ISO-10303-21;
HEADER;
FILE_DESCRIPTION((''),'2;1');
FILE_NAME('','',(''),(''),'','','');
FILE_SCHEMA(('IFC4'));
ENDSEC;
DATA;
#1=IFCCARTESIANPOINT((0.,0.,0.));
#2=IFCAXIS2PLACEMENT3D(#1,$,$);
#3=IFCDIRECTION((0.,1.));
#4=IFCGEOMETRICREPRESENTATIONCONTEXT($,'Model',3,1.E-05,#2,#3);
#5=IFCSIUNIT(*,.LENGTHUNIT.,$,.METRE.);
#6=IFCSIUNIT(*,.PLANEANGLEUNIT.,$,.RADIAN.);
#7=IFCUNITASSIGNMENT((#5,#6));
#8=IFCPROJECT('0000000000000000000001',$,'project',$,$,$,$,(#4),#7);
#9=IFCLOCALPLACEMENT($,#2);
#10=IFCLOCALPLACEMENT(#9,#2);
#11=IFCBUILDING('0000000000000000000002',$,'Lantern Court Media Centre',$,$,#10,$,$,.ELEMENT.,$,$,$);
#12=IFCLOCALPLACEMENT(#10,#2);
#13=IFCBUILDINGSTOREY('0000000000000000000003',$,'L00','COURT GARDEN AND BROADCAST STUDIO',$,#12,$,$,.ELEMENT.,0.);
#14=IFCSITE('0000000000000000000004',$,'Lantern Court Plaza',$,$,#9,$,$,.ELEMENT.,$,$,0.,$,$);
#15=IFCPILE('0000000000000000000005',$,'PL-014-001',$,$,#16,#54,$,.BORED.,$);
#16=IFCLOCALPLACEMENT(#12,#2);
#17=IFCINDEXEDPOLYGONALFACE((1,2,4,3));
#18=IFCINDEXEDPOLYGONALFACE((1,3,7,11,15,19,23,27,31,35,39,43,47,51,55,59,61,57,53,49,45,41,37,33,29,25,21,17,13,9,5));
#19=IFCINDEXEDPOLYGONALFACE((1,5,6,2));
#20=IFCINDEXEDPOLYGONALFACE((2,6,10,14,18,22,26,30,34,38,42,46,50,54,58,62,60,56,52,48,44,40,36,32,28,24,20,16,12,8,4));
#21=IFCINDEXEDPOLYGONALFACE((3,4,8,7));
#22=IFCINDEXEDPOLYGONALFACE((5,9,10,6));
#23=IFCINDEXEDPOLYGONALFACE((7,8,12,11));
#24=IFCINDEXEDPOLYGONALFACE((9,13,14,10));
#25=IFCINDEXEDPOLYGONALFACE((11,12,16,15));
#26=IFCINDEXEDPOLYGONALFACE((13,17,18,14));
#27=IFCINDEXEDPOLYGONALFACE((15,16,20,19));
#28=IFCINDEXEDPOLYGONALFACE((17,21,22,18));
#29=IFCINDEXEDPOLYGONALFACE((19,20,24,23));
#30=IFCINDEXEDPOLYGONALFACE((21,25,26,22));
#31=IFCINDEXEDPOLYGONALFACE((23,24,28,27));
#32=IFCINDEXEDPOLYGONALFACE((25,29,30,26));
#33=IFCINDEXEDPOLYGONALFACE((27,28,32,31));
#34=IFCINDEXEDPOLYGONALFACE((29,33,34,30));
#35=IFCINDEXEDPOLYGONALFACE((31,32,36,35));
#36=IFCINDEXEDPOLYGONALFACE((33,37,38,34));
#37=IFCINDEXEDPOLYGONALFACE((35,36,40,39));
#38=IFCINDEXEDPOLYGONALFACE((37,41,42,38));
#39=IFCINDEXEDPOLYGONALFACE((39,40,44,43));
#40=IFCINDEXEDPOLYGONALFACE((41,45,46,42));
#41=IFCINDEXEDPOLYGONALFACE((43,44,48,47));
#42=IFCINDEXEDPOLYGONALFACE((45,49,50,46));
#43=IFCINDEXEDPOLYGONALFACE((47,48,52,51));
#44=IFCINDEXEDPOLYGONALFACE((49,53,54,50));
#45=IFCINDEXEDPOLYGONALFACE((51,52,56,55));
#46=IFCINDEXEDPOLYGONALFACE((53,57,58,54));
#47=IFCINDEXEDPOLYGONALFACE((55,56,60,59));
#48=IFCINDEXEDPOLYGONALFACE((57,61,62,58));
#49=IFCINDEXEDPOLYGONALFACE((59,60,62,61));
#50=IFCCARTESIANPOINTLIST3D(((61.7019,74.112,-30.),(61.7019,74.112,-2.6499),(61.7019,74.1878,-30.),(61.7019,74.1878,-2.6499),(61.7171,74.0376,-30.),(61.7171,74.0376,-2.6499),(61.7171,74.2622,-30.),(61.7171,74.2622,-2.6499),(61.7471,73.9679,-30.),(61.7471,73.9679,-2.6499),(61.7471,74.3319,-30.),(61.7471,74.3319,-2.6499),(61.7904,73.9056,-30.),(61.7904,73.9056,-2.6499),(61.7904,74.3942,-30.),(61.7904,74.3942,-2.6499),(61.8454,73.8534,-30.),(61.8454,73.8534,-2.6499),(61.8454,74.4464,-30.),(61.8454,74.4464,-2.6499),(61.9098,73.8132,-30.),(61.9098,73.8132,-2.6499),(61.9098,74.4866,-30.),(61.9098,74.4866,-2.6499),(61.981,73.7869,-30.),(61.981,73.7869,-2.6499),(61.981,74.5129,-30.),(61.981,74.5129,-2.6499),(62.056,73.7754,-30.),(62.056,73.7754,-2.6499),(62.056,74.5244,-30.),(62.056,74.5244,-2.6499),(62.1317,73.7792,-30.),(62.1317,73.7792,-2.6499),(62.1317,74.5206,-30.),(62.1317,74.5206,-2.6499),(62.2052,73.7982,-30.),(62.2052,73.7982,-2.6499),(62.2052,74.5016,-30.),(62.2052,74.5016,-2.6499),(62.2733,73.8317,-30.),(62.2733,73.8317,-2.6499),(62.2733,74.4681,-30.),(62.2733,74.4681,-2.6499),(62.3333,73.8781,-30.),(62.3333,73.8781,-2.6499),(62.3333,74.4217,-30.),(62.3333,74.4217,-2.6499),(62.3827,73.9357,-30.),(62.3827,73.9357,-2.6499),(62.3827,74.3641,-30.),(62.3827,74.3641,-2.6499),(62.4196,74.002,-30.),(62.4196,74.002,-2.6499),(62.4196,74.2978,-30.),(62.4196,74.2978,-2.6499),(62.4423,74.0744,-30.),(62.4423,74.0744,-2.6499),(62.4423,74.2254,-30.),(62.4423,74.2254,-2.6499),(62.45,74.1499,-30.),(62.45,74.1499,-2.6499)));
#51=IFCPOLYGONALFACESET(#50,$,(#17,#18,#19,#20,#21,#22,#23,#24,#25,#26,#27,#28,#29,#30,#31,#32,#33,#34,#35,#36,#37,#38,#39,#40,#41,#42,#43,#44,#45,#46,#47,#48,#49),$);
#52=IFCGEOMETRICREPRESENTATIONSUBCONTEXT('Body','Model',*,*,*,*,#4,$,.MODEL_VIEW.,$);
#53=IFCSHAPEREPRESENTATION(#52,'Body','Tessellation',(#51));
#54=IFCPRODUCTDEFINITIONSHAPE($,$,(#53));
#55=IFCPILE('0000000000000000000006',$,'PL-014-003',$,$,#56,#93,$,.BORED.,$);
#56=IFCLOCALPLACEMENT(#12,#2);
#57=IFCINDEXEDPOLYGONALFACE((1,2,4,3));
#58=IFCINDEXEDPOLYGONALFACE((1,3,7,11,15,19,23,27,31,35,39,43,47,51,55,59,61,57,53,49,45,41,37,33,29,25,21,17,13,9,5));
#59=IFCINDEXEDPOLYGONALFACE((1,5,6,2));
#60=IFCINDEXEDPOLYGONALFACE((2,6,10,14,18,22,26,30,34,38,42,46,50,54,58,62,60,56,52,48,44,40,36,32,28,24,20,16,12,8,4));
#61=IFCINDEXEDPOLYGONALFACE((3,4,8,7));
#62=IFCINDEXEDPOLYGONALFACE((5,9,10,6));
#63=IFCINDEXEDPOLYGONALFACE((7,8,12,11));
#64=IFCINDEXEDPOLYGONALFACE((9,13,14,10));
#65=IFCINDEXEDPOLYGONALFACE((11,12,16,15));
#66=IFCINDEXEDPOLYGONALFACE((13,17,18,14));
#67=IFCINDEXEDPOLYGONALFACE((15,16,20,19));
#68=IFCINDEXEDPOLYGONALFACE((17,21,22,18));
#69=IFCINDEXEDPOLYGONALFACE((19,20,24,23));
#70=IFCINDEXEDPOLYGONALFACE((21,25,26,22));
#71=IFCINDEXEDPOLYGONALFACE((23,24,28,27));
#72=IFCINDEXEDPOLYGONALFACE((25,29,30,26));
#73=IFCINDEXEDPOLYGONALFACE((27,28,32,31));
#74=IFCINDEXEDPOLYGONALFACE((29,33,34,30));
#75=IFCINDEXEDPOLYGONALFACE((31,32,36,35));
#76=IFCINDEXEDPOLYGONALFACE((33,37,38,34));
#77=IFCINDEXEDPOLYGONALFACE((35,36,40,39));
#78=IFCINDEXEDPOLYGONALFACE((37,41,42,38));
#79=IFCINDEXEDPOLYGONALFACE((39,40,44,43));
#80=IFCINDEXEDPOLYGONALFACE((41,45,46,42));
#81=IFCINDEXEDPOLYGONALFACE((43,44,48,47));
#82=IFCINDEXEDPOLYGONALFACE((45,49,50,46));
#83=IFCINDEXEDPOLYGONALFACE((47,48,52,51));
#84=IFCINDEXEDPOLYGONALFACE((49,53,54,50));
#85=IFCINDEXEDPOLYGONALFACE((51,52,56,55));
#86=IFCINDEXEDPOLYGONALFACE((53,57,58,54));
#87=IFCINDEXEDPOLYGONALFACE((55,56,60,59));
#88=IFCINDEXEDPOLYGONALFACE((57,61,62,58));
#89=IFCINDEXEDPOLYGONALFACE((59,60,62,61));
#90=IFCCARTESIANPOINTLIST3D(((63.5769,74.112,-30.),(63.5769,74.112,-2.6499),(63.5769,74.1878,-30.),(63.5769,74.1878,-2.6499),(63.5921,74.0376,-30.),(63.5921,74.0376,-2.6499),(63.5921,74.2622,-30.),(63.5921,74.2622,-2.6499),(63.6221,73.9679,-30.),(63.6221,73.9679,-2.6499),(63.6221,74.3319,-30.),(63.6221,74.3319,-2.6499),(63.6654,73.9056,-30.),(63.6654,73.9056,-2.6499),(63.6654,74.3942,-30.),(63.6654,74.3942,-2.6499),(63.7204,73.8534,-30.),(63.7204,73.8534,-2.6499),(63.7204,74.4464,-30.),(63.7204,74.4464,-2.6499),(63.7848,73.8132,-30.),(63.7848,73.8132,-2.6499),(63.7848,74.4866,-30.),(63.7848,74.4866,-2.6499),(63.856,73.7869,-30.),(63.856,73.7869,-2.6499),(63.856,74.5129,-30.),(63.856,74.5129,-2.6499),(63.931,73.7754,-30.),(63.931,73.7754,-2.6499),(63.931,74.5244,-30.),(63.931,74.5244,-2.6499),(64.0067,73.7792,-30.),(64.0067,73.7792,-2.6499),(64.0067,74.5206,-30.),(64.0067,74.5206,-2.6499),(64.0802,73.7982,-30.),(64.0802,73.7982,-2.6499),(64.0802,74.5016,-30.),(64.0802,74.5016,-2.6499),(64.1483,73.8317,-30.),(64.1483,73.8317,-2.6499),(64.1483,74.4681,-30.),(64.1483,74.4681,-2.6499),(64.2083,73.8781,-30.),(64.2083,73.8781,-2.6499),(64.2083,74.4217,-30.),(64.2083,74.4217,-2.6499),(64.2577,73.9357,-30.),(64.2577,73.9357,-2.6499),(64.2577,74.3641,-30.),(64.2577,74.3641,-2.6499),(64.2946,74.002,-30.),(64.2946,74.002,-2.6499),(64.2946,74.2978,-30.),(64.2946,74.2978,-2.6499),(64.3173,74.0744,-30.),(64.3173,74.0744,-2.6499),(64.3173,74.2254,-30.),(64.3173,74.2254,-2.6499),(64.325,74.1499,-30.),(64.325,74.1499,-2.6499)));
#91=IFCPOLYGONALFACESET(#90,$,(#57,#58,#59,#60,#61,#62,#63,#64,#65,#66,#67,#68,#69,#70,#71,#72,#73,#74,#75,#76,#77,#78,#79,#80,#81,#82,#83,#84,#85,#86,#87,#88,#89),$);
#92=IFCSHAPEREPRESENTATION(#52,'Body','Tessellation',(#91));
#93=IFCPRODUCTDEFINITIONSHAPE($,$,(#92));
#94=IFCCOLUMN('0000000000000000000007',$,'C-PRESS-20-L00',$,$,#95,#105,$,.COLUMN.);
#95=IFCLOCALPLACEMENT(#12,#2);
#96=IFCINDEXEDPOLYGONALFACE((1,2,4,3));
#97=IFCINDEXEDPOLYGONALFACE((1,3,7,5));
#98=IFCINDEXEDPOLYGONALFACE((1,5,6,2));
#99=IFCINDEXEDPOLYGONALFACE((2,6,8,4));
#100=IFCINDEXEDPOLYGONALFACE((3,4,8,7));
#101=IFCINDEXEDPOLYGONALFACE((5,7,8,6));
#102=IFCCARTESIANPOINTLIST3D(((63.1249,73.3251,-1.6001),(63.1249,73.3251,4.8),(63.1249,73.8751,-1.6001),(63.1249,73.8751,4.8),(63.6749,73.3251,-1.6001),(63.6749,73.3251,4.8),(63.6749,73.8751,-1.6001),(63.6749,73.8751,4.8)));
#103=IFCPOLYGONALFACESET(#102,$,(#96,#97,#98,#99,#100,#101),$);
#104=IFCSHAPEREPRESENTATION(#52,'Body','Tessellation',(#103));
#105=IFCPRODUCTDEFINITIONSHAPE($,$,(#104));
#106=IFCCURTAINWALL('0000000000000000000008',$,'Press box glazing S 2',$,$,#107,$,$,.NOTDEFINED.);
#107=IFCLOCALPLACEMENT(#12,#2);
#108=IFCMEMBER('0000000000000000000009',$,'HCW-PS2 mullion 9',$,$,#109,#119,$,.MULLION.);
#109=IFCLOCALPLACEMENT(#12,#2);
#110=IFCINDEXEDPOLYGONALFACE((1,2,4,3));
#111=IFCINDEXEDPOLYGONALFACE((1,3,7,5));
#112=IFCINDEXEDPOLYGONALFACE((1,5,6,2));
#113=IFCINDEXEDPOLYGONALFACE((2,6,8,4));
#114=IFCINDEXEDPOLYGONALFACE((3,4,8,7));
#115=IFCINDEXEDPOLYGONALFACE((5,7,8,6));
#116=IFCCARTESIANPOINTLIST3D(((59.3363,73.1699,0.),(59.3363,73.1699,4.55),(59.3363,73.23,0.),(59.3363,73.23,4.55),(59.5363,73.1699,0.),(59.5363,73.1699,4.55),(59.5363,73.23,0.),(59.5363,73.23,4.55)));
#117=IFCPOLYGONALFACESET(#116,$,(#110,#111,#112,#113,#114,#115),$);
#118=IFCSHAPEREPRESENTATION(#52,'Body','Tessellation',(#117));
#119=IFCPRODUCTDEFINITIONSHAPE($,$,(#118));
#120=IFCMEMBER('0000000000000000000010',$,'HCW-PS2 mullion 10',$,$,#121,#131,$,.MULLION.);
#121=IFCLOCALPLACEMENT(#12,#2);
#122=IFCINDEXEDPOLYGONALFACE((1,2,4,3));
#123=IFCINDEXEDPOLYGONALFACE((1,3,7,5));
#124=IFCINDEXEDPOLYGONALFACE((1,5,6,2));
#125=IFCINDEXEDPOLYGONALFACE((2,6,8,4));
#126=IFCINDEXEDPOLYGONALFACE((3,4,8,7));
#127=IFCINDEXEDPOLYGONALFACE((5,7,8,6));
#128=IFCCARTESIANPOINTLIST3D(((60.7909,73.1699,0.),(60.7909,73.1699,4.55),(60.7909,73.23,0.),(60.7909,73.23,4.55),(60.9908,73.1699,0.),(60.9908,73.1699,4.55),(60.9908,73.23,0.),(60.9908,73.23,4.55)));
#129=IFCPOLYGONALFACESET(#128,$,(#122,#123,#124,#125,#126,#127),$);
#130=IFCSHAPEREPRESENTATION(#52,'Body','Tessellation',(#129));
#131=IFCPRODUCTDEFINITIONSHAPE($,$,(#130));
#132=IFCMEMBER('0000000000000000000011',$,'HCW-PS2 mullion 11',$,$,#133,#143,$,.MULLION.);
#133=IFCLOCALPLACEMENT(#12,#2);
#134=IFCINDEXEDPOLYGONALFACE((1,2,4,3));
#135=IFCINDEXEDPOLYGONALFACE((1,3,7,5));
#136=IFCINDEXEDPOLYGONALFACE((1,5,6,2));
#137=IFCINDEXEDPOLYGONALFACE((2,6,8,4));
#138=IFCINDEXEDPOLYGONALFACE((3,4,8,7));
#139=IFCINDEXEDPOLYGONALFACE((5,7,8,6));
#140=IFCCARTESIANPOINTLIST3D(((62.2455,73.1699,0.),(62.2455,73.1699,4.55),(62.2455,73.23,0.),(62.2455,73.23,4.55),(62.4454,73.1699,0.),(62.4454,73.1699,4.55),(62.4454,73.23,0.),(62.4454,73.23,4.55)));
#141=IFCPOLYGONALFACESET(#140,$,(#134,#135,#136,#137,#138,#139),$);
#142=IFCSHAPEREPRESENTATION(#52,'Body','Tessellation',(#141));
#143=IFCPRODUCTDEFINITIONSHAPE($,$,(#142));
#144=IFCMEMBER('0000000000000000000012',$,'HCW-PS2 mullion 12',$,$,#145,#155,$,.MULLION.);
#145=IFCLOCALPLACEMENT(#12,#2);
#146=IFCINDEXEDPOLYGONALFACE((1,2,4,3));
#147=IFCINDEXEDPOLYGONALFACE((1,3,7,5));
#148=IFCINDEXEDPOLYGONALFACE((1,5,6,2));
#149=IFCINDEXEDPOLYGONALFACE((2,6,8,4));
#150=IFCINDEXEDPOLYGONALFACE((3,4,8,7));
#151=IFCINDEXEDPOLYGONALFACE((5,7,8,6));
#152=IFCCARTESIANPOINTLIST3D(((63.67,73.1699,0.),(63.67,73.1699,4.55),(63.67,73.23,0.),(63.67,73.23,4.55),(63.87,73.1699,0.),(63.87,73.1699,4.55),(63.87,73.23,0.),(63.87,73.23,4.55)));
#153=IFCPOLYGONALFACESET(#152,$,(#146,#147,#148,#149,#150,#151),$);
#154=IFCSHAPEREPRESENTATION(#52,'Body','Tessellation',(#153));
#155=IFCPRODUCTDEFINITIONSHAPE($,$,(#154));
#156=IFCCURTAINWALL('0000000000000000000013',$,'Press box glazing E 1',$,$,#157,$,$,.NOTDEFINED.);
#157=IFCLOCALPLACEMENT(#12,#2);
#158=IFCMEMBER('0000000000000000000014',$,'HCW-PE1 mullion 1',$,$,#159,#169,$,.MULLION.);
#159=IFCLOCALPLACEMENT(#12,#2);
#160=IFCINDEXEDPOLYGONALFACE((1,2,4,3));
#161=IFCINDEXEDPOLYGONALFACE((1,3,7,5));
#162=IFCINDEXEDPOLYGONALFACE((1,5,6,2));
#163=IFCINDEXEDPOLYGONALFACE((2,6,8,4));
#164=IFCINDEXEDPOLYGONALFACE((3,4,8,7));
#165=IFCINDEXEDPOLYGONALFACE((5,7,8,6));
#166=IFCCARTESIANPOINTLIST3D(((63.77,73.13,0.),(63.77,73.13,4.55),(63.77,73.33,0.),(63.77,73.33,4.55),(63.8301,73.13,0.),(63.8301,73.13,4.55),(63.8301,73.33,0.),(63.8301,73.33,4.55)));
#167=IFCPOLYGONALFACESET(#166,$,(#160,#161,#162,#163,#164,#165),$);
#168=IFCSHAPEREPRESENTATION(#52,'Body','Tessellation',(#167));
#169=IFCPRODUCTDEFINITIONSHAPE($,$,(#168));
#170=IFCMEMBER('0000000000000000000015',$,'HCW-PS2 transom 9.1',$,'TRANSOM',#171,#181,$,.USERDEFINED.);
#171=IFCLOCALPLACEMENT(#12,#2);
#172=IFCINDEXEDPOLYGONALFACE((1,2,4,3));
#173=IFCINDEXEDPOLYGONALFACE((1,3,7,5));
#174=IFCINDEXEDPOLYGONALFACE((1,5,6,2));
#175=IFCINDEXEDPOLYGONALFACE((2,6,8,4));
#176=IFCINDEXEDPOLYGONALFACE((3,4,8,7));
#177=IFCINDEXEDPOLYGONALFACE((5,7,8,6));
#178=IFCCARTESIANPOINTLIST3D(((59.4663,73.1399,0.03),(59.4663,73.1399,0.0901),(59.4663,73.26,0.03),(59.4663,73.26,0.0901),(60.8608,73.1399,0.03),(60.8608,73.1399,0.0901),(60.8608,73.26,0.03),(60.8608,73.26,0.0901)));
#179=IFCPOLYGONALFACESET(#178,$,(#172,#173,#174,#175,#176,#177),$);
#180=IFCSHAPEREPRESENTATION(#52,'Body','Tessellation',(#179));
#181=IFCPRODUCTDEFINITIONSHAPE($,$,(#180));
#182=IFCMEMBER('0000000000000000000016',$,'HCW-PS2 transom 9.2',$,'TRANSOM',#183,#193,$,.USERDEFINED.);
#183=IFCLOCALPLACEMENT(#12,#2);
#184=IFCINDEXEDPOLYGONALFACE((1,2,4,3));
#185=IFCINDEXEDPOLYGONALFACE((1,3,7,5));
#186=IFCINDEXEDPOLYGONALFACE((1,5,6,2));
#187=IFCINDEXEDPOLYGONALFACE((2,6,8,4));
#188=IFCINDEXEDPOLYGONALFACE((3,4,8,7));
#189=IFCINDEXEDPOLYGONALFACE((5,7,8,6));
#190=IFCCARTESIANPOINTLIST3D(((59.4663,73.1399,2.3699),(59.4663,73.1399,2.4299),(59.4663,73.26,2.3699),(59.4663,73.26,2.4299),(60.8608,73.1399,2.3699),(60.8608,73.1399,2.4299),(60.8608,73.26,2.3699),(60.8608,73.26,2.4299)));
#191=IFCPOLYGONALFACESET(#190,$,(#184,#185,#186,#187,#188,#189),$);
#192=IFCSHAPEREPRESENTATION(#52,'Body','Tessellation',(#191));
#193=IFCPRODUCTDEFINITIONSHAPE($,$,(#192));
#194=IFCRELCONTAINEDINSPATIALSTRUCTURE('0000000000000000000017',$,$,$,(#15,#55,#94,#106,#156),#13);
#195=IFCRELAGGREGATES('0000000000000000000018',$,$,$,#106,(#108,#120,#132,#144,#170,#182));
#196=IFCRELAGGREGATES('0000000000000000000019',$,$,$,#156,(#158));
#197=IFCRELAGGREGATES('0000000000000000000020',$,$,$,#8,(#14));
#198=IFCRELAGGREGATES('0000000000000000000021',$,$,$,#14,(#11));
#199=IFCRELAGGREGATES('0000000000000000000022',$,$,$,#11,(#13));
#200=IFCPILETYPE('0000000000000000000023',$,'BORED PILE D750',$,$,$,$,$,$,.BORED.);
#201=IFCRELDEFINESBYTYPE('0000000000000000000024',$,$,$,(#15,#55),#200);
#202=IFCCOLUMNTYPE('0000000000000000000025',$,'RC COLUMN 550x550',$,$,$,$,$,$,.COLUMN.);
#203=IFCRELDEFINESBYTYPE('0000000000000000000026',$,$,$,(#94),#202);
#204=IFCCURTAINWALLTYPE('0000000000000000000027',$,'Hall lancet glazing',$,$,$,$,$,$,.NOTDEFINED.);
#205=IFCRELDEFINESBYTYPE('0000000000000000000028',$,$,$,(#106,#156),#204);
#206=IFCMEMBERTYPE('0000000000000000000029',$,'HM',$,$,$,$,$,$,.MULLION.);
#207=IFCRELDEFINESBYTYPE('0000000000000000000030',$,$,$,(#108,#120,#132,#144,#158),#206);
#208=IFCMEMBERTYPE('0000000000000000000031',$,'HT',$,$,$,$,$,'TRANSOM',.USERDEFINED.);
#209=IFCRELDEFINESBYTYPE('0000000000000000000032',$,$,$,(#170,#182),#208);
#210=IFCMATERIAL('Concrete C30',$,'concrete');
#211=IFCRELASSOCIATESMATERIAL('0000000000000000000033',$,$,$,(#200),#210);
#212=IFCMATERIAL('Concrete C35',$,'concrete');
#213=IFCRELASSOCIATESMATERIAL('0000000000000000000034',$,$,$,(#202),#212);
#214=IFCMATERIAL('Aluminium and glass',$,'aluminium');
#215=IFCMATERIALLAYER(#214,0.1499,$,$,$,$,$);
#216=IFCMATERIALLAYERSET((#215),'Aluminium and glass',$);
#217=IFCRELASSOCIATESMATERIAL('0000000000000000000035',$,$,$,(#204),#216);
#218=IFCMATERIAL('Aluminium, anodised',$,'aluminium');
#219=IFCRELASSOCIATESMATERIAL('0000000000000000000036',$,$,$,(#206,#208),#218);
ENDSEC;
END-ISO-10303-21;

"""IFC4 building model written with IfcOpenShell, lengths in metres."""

from ifc_helpers import new_model, si_unit, direction, frame, origin, origin_2d, place, context, subcontext, project, spatial, rectangle, circle, extrude, material, layer, layer_set, material_profile, profile_set, type_object, element, aggregate, save


model = new_model("IFC4")

# Units and contexts
model_context = context("Model", 3, precision=1e-05, world=origin(), true_north=direction((0.0, 1.0)))
body_context = subcontext(model_context, "Body", "Model", "MODEL_VIEW")
ifc_project = project(units=[si_unit("LENGTHUNIT", "METRE"), si_unit("PLANEANGLEUNIT", "RADIAN")], contexts=[model_context])

# Site, building, storey
site_placement = place(None, origin())
site = spatial("IfcSite", under=ifc_project, at=site_placement, Name="Lantern Court Plaza", CompositionType="ELEMENT", RefElevation=0.0)
building_placement = place(site_placement, origin())
building = spatial("IfcBuilding", under=site, at=building_placement, Name="Lantern Court Media Centre", CompositionType="ELEMENT")
storey_placement = place(building_placement, origin())
storey = spatial("IfcBuildingStorey", under=building, at=storey_placement, Name="L00", Description="COURT GARDEN AND BROADCAST STUDIO", CompositionType="ELEMENT", Elevation=0.0)

# Piles
ifc_material_1 = material(Name="Concrete C30", Category="concrete")
ifc_material_profile_1 = material_profile(ifc_material_1, circle(Radius=0.375, at=origin_2d()), Name="D750")
ifc_profile_set_1 = profile_set([ifc_material_profile_1], Name="Concrete C30")
pile_type = type_object("IfcPileType", Name="BORED PILE D750", PredefinedType="BORED", material=ifc_profile_set_1)
for number, where, z_axis, x_axis, name in (
    (1, (62.075, 74.1499, -2.6499), (0.0, 0.0, -1.0), (1.0, 0.0, 0.0), "PL-014-001"),
    (2, (63.95, 74.1499, -2.6499), (0.0, 0.0, -1.0), (1.0, 0.0, 0.0), "PL-014-003"),
):
    element("IfcPile", number, at=place(storey_placement, frame(where, z_axis=z_axis, x_axis=x_axis)), inside=storey, type_object=pile_type, Name=name, PredefinedType="BORED", context=body_context, shape_type="SweptSolid", body=[
        extrude(circle(Radius=0.375, at=origin_2d()), origin(), (0.0, 0.0, 1.0), 27.3501),
    ])

# Column
ifc_material_2 = material(Name="Concrete C35", Category="concrete")
ifc_material_profile_2 = material_profile(ifc_material_2, rectangle(XDim=0.55, YDim=0.55, at=origin_2d()), Name="RC 550x550")
ifc_profile_set_2 = profile_set([ifc_material_profile_2], Name="Concrete C35")
column_type = type_object("IfcColumnType", Name="RC COLUMN 550x550", PredefinedType="COLUMN", material=ifc_profile_set_2)
column_placement = place(storey_placement, frame((63.3999, 73.6001, -1.6001), z_axis=(0.0, 0.0, 1.0), x_axis=(1.0, 0.0, 0.0)))
element("IfcColumn", 3, at=column_placement, inside=storey, type_object=column_type, Name="C-PRESS-20-L00", PredefinedType="COLUMN", context=body_context, shape_type="SweptSolid", body=[
    extrude(rectangle(XDim=0.55, YDim=0.55, at=origin_2d()), origin(), (0.0, 0.0, 1.0), 6.4001),
])

# Curtain wall, members
ifc_material_3 = material(Name="Aluminium and glass", Category="aluminium")
ifc_layer_1 = layer(ifc_material_3, 0.1499)
ifc_layer_set_1 = layer_set([ifc_layer_1], Name="Aluminium and glass")
curtain_wall_type = type_object("IfcCurtainWallType", Name="Hall lancet glazing", PredefinedType="NOTDEFINED", material=ifc_layer_set_1)
curtain_wall_1_placement = place(storey_placement, origin())
curtain_wall_1 = element("IfcCurtainWall", 4, at=curtain_wall_1_placement, inside=storey, type_object=curtain_wall_type, Name="Press box glazing S 2", PredefinedType="NOTDEFINED")
ifc_material_4 = material(Name="Aluminium, anodised", Category="aluminium")
ifc_material_profile_3 = material_profile(ifc_material_4, rectangle(XDim=0.0601, YDim=0.2, at=origin_2d()), Name="HM")
ifc_profile_set_3 = profile_set([ifc_material_profile_3], Name="Aluminium, anodised")
member_type_1 = type_object("IfcMemberType", Name="HM", PredefinedType="MULLION", material=ifc_profile_set_3)
member_1_placement = place(storey_placement, frame((59.4363, 73.2, 0.0), z_axis=(0.0, 0.0, 1.0), x_axis=(0.0, 1.0, 0.0)))
member_1 = element("IfcMember", 5, at=member_1_placement, type_object=member_type_1, Name="HCW-PS2 mullion 9", PredefinedType="MULLION", context=body_context, shape_type="SweptSolid", body=[
    extrude(rectangle(XDim=0.0601, YDim=0.2, at=origin_2d()), origin(), (0.0, 0.0, 1.0), 4.55),
])
member_2_placement = place(storey_placement, frame((60.8909, 73.2, 0.0), z_axis=(0.0, 0.0, 1.0), x_axis=(0.0, 1.0, 0.0)))
member_2 = element("IfcMember", 6, at=member_2_placement, type_object=member_type_1, Name="HCW-PS2 mullion 10", PredefinedType="MULLION", context=body_context, shape_type="SweptSolid", body=[
    extrude(rectangle(XDim=0.0601, YDim=0.2, at=origin_2d()), origin(), (0.0, 0.0, 1.0), 4.55),
])
member_3_placement = place(storey_placement, frame((62.3455, 73.2, 0.0), z_axis=(0.0, 0.0, 1.0), x_axis=(0.0, 1.0, 0.0)))
member_3 = element("IfcMember", 7, at=member_3_placement, type_object=member_type_1, Name="HCW-PS2 mullion 11", PredefinedType="MULLION", context=body_context, shape_type="SweptSolid", body=[
    extrude(rectangle(XDim=0.0601, YDim=0.2, at=origin_2d()), origin(), (0.0, 0.0, 1.0), 4.55),
])
member_4_placement = place(storey_placement, frame((63.77, 73.2, 0.0), z_axis=(0.0, 0.0, 1.0), x_axis=(0.0, 1.0, 0.0)))
member_4 = element("IfcMember", 8, at=member_4_placement, type_object=member_type_1, Name="HCW-PS2 mullion 12", PredefinedType="MULLION", context=body_context, shape_type="SweptSolid", body=[
    extrude(rectangle(XDim=0.0601, YDim=0.2, at=origin_2d()), origin(), (0.0, 0.0, 1.0), 4.55),
])

# Curtain wall, member
curtain_wall_2_placement = place(storey_placement, origin())
curtain_wall_2 = element("IfcCurtainWall", 9, at=curtain_wall_2_placement, inside=storey, type_object=curtain_wall_type, Name="Press box glazing E 1", PredefinedType="NOTDEFINED")
member_5_placement = place(storey_placement, frame((63.8, 73.23, 0.0), z_axis=(0.0, 0.0, 1.0), x_axis=(-1.0, 0.0, 0.0)))
member_5 = element("IfcMember", 10, at=member_5_placement, type_object=member_type_1, Name="HCW-PE1 mullion 1", PredefinedType="MULLION", context=body_context, shape_type="SweptSolid", body=[
    extrude(rectangle(XDim=0.0601, YDim=0.2, at=origin_2d()), origin(), (0.0, 0.0, 1.0), 4.55),
])

# Members
ifc_material_profile_4 = material_profile(ifc_material_4, rectangle(XDim=0.1201, YDim=0.0601, at=origin_2d()), Name="HT")
ifc_profile_set_4 = profile_set([ifc_material_profile_4], Name="Aluminium, anodised")
member_type_2 = type_object("IfcMemberType", Name="HT", ElementType="TRANSOM", PredefinedType="USERDEFINED", material=ifc_profile_set_4)
member_6_placement = place(storey_placement, frame((59.4663, 73.2, 0.0601), z_axis=(1.0, 0.0, 0.0), x_axis=(0.0, 1.0, 0.0)))
member_6 = element("IfcMember", 11, at=member_6_placement, type_object=member_type_2, Name="HCW-PS2 transom 9.1", ObjectType="TRANSOM", PredefinedType="USERDEFINED", context=body_context, shape_type="SweptSolid", body=[
    extrude(rectangle(XDim=0.1201, YDim=0.0601, at=origin_2d()), origin(), (0.0, 0.0, 1.0), 1.3945),
])
member_7_placement = place(storey_placement, frame((59.4663, 73.2, 2.3999), z_axis=(1.0, 0.0, 0.0), x_axis=(0.0, 1.0, 0.0)))
member_7 = element("IfcMember", 12, at=member_7_placement, type_object=member_type_2, Name="HCW-PS2 transom 9.2", ObjectType="TRANSOM", PredefinedType="USERDEFINED", context=body_context, shape_type="SweptSolid", body=[
    extrude(rectangle(XDim=0.1201, YDim=0.0601, at=origin_2d()), origin(), (0.0, 0.0, 1.0), 1.3945),
])

aggregate(curtain_wall_1, [member_1, member_2, member_3, member_4, member_6, member_7])
aggregate(curtain_wall_2, [member_5])

save(model, "model.ifc")
